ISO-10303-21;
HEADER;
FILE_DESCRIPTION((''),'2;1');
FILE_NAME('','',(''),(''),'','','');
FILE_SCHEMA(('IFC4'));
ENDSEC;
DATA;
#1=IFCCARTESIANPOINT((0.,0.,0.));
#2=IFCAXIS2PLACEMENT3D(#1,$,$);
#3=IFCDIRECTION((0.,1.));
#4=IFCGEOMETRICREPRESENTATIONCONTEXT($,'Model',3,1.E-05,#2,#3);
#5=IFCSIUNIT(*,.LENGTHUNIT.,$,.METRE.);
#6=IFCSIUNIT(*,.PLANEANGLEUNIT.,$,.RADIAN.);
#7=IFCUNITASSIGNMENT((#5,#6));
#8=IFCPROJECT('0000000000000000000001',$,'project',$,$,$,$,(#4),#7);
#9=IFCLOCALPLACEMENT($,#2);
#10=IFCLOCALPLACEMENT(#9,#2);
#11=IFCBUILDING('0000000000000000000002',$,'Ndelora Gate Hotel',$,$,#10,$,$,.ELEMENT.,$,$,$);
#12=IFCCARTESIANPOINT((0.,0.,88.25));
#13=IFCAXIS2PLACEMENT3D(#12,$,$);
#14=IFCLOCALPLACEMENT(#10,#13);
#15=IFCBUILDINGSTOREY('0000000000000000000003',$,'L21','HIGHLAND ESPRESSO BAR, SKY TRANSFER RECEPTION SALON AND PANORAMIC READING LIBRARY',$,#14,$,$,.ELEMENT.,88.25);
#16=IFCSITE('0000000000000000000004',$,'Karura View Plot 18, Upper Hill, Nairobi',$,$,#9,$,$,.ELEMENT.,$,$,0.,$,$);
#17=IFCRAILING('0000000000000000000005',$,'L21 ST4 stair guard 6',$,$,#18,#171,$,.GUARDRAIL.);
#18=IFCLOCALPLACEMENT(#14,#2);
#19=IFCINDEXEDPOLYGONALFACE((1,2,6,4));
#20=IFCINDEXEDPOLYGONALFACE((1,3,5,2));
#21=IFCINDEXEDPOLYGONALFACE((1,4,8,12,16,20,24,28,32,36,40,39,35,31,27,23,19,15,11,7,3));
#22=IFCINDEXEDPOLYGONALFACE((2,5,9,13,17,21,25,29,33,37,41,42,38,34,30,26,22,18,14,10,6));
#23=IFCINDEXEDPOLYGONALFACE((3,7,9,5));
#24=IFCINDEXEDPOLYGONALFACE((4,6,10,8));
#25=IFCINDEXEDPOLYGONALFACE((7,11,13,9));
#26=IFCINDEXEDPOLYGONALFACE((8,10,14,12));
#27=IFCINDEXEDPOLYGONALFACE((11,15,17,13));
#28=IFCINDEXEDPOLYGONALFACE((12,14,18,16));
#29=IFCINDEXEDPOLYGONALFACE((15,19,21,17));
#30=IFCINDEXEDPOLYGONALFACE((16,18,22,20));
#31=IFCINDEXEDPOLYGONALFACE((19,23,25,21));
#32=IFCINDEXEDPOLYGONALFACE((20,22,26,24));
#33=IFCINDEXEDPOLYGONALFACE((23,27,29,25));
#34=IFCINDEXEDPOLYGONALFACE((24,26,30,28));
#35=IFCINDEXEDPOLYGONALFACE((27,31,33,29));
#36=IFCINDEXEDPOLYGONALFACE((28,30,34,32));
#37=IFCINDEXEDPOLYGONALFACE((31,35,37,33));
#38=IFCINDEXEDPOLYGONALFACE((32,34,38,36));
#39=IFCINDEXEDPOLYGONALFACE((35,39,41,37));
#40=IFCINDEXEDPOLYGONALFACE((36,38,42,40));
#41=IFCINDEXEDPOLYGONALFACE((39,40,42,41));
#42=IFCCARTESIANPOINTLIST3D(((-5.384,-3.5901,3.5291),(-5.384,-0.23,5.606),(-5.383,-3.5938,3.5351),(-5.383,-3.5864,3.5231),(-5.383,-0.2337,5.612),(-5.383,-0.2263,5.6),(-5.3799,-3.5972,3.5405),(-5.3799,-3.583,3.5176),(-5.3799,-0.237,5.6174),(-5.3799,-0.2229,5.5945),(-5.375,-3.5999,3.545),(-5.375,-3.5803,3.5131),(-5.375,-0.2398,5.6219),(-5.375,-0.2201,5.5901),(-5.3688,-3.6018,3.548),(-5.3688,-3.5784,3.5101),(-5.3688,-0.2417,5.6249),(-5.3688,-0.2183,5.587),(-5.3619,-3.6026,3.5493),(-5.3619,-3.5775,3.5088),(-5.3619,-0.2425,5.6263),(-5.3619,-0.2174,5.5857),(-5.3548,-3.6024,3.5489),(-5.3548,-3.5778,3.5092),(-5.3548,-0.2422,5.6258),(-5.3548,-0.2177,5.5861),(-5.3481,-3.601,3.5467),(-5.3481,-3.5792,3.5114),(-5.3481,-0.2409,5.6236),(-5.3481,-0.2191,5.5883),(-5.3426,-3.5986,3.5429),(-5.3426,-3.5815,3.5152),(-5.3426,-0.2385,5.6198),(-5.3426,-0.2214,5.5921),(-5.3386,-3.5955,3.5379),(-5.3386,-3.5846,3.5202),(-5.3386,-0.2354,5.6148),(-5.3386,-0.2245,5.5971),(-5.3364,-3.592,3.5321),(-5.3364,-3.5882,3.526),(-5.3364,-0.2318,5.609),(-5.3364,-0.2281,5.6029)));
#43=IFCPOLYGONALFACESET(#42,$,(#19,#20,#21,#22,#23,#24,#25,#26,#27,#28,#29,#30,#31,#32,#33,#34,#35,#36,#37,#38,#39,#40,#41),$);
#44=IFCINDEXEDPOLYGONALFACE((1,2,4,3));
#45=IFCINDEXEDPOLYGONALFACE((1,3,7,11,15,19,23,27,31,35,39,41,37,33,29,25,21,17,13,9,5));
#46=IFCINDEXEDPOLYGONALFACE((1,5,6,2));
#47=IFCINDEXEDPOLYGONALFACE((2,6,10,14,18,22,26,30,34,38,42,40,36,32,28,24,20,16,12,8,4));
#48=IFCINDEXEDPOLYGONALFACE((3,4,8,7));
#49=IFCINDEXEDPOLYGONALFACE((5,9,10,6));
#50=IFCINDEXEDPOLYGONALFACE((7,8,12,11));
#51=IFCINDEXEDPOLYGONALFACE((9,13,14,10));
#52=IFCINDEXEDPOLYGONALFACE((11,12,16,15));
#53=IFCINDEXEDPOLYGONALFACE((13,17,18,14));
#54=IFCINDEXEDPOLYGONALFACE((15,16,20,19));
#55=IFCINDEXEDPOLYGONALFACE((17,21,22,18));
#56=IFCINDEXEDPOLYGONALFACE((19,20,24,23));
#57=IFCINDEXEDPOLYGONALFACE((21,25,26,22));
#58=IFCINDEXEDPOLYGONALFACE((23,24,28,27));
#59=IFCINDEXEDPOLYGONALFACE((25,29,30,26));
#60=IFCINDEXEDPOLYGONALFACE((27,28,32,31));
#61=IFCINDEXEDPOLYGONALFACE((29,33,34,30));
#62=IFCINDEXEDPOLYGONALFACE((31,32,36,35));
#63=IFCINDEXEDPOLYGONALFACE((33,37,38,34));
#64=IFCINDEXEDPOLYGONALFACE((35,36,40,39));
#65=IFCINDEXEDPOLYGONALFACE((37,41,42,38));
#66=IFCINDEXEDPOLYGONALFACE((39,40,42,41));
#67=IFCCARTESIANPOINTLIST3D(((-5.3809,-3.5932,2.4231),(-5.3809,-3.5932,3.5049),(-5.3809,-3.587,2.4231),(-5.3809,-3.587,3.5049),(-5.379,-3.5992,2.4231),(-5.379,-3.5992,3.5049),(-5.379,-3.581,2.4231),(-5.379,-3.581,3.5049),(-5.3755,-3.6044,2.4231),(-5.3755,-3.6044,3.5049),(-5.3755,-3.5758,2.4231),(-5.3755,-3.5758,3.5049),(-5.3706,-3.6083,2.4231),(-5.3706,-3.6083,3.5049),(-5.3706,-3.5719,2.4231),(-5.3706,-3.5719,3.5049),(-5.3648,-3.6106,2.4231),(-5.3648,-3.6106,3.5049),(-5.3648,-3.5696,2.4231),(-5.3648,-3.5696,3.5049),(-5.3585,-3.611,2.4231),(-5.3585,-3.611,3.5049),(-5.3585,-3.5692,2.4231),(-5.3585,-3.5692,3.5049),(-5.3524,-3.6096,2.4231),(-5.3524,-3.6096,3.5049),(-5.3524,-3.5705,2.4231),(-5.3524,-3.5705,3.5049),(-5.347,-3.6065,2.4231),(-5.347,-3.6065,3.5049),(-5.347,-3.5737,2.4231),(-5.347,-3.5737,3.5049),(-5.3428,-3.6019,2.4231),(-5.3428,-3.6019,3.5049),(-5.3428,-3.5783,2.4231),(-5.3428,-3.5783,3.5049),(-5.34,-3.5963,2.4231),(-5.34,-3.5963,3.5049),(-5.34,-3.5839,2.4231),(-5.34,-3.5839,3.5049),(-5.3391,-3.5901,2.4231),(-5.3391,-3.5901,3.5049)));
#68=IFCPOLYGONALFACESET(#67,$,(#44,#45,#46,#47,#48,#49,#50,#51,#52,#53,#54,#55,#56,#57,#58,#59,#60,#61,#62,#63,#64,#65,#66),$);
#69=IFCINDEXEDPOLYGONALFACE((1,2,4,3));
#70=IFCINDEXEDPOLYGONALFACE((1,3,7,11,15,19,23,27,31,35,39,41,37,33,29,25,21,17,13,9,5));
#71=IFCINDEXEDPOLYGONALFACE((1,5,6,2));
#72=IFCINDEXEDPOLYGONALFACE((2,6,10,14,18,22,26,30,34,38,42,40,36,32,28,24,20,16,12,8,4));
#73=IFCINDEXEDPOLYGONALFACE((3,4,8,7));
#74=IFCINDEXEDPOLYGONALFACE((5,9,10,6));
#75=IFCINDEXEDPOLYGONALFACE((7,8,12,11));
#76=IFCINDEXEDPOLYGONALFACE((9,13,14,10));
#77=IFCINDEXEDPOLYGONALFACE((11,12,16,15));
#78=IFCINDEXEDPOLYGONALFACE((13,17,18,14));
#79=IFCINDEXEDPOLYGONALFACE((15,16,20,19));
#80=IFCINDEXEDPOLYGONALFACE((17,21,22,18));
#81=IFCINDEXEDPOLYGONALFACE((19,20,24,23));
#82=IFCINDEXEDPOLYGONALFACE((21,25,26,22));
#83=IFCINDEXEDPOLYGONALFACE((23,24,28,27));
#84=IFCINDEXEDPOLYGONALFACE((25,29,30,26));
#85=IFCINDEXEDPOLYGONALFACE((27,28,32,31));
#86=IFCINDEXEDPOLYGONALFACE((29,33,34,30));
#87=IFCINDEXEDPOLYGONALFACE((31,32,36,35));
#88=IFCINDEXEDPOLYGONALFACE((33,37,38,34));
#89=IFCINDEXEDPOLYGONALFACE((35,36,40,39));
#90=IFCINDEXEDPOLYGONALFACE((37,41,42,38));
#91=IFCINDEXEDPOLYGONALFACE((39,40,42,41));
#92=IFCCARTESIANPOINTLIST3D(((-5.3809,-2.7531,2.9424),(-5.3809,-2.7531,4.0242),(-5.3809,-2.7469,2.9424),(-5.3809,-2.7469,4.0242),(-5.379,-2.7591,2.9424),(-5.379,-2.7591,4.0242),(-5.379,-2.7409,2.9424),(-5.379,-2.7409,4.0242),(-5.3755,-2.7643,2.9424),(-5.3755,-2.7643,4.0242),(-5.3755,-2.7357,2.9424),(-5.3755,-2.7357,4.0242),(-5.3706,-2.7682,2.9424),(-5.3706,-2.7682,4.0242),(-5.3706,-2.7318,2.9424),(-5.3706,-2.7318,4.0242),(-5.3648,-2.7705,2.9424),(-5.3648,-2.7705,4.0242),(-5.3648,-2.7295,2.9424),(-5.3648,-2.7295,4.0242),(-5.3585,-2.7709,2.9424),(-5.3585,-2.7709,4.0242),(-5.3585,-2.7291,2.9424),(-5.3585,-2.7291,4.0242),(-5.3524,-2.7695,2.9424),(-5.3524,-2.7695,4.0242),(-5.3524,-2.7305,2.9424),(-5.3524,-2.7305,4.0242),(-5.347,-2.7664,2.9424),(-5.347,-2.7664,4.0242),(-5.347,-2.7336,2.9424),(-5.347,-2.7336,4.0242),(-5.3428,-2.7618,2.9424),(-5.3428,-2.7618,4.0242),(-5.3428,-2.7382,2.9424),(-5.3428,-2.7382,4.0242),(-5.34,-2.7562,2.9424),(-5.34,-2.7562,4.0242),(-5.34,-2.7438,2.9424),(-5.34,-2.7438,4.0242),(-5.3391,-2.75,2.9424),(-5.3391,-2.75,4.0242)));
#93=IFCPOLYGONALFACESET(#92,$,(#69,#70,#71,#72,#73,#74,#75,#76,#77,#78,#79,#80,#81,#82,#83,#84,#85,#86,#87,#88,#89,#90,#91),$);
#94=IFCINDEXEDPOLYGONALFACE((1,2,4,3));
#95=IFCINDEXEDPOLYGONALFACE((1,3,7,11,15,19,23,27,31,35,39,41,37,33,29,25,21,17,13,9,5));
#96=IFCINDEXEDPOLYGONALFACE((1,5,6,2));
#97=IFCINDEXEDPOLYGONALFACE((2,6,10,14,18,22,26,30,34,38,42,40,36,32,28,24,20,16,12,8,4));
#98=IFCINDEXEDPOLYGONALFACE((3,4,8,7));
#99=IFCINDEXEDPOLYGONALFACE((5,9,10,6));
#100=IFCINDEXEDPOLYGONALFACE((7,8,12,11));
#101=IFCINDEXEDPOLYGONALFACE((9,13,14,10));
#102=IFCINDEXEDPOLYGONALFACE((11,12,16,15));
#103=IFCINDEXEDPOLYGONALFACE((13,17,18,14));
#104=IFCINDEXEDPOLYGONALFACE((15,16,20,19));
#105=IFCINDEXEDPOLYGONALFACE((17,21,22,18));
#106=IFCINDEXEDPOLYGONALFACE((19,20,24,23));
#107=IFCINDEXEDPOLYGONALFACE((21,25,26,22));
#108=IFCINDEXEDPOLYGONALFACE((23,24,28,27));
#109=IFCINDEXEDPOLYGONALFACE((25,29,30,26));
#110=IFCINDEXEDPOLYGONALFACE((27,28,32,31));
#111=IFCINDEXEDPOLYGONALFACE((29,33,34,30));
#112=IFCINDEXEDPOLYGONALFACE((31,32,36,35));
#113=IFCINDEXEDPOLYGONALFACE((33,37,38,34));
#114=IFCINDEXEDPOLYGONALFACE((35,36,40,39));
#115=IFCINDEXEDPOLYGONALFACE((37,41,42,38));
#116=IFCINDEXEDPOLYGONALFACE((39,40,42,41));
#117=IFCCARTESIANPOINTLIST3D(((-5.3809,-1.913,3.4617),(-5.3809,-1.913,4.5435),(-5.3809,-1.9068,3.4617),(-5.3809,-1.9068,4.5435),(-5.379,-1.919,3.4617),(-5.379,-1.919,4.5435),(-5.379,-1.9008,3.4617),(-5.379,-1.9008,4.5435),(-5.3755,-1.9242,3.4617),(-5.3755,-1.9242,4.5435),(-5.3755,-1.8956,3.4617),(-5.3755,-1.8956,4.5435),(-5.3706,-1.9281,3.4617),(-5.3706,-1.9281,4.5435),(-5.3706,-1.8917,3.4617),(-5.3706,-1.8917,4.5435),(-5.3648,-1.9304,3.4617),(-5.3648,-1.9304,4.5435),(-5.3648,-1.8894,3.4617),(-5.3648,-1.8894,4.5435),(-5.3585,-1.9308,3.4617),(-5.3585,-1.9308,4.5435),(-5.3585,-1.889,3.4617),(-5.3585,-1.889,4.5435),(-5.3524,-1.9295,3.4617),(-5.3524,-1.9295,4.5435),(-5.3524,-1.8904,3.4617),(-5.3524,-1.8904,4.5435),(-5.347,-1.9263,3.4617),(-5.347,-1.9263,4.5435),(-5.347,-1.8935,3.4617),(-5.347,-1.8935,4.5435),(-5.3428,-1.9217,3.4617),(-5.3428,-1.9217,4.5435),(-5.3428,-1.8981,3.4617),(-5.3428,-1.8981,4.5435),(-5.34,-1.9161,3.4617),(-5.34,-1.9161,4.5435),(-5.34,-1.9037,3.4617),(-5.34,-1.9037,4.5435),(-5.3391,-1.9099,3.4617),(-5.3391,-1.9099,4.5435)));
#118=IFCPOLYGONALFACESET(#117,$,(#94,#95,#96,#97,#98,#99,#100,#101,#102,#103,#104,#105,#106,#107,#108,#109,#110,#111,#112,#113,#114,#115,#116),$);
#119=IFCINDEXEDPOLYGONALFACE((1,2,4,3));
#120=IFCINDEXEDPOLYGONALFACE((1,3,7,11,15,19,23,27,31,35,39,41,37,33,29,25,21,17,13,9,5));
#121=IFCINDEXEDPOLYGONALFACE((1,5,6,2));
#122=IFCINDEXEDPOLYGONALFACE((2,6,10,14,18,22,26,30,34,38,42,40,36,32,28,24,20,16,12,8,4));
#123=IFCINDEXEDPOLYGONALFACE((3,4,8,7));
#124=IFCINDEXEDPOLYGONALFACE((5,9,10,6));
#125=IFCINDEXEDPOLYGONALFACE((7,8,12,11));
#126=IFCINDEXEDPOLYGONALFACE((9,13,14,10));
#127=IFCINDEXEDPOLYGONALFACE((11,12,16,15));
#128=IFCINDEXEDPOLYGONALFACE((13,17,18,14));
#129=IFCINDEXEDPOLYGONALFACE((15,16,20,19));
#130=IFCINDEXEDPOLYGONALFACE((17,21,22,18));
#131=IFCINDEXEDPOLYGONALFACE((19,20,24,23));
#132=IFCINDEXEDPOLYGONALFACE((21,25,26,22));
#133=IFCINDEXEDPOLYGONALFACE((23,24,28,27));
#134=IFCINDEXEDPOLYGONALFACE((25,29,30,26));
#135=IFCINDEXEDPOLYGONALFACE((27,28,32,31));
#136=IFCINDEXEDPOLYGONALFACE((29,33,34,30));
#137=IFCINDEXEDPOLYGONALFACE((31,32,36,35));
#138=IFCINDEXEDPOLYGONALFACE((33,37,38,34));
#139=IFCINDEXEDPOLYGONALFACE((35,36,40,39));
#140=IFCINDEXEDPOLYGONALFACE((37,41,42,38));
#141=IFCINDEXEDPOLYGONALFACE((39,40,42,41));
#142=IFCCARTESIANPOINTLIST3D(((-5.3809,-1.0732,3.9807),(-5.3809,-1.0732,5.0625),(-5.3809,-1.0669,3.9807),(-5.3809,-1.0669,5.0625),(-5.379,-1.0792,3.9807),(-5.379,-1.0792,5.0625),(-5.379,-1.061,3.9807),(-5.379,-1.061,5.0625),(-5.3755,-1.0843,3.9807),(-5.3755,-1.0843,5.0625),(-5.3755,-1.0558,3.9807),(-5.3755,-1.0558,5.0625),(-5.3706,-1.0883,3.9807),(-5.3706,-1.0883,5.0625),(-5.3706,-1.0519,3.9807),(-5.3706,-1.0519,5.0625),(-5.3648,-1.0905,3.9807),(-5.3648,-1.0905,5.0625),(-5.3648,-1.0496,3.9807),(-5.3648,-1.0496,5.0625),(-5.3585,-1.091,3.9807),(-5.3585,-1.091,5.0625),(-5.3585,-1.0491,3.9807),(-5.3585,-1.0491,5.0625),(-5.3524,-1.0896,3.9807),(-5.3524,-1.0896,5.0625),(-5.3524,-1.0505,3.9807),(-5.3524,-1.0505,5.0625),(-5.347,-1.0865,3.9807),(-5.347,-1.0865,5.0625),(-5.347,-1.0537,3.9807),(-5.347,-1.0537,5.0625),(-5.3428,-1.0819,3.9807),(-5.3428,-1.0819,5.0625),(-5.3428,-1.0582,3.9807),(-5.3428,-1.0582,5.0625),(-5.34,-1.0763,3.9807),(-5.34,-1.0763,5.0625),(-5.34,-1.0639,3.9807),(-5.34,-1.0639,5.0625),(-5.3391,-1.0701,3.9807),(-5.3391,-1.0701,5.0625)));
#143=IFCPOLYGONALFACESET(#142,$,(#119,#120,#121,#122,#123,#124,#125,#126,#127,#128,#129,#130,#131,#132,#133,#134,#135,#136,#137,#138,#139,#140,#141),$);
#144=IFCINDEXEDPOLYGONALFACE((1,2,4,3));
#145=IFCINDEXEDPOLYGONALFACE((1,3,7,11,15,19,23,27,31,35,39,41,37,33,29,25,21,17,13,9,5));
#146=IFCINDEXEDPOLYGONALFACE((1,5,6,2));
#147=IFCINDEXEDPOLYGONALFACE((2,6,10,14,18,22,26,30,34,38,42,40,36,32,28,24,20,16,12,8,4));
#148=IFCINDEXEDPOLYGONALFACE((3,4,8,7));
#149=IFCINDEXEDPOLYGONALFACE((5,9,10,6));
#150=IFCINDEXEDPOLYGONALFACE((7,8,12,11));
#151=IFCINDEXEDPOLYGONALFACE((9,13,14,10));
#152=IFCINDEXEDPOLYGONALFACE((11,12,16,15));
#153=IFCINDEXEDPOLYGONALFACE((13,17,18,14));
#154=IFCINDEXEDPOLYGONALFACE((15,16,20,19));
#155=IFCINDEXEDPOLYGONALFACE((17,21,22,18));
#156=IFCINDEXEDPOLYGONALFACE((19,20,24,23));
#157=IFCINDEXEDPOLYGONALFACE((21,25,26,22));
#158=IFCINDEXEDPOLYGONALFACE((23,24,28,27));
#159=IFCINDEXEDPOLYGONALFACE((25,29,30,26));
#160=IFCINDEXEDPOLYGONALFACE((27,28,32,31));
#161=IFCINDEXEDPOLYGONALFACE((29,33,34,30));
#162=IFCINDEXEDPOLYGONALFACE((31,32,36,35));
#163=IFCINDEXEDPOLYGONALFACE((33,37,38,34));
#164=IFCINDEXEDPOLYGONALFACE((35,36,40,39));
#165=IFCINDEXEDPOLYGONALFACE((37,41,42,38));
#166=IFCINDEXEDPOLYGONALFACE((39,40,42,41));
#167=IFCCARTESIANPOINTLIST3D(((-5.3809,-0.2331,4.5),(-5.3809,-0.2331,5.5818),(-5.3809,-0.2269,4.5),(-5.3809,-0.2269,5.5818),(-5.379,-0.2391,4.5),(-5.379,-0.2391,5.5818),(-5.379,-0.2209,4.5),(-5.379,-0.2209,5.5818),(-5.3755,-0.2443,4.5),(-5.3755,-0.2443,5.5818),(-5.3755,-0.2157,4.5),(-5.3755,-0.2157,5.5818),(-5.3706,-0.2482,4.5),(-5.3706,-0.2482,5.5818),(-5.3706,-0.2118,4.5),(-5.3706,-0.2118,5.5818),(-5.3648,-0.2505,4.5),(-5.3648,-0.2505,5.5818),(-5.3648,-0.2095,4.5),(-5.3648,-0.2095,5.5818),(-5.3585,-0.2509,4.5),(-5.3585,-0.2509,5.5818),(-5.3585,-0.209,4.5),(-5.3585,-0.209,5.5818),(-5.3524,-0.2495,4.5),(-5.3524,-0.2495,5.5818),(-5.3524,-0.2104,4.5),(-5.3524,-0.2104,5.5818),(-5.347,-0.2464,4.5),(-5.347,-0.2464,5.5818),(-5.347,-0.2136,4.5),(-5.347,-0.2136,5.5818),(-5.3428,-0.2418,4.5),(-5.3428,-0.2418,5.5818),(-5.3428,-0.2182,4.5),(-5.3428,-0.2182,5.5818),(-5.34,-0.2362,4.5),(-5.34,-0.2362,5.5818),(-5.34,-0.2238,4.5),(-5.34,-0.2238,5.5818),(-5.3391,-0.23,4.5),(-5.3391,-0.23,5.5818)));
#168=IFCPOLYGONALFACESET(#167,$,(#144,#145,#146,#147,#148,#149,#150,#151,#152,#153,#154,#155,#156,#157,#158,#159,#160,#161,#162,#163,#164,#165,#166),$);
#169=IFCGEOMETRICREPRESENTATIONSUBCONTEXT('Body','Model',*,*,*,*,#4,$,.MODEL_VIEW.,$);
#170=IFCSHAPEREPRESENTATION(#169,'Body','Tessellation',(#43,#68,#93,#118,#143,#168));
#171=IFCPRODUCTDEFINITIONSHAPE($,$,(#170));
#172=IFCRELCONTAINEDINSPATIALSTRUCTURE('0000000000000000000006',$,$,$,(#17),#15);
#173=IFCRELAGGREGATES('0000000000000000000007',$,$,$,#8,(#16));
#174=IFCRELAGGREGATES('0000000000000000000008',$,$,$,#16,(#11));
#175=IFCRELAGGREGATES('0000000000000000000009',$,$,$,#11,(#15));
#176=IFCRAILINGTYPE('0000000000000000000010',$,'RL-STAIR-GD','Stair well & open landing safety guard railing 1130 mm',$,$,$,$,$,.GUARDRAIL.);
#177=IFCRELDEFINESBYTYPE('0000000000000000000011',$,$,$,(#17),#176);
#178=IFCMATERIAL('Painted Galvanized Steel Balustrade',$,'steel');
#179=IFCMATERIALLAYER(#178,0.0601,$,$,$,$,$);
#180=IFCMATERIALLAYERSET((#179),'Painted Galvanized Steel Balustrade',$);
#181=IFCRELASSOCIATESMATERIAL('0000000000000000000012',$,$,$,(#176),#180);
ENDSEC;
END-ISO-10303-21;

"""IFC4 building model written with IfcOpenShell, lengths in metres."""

from ifc_helpers import new_model, si_unit, direction, frame, origin, origin_2d, place, context, subcontext, project, spatial, circle, extrude, material, layer, layer_set, type_object, element, save


model = new_model("IFC4")

# Units and contexts
model_context = context("Model", 3, precision=1e-05, world=origin(), true_north=direction((0.0, 1.0)))
body_context = subcontext(model_context, "Body", "Model", "MODEL_VIEW")
ifc_project = project(units=[si_unit("LENGTHUNIT", "METRE"), si_unit("PLANEANGLEUNIT", "RADIAN")], contexts=[model_context])

# Site, building, storey
site_placement = place(None, origin())
site = spatial("IfcSite", under=ifc_project, at=site_placement, Name="Karura View Plot 18, Upper Hill, Nairobi", CompositionType="ELEMENT", RefElevation=0.0)
building_placement = place(site_placement, origin())
building = spatial("IfcBuilding", under=site, at=building_placement, Name="Ndelora Gate Hotel", CompositionType="ELEMENT")
storey_placement = place(building_placement, frame((0.0, 0.0, 88.25)))
storey = spatial("IfcBuildingStorey", under=building, at=storey_placement, Name="L21", Description="HIGHLAND ESPRESSO BAR, SKY TRANSFER RECEPTION SALON AND PANORAMIC READING LIBRARY", CompositionType="ELEMENT", Elevation=88.25)

# Railing
ifc_material_1 = material(Name="Painted Galvanized Steel Balustrade", Category="steel")
ifc_layer_1 = layer(ifc_material_1, 0.0601)
ifc_layer_set_1 = layer_set([ifc_layer_1], Name="Painted Galvanized Steel Balustrade")
railing_type_1 = type_object("IfcRailingType", Name="RL-STAIR-GD", Description="Stair well & open landing safety guard railing 1130 mm", PredefinedType="GUARDRAIL", material=ifc_layer_set_1)
railing_1_placement = place(storey_placement, frame((-5.3601, -3.5901, 2.4231)))
element("IfcRailing", 1, at=railing_1_placement, inside=storey, type_object=railing_type_1, Name="L21 ST4 stair guard 6", PredefinedType="GUARDRAIL", context=body_context, shape_type="SweptSolid", body=[
    extrude(circle(Radius=0.0239, at=origin_2d()), frame((0.0, 0.0, 1.106), z_axis=(0.0, 0.850623, 0.525776), x_axis=(-1.0, 0.0, 0.0)), (0.0, 0.0, 1.0), 3.9502),
    extrude(circle(Radius=0.021, at=origin_2d()), origin(), (0.0, 0.0, 1.0), 1.0818),
    extrude(circle(Radius=0.021, at=origin_2d()), frame((0.0, 0.8401, 0.5193)), (0.0, 0.0, 1.0), 1.0818),
    extrude(circle(Radius=0.021, at=origin_2d()), frame((0.0, 1.6802, 1.0386)), (0.0, 0.0, 1.0), 1.0818),
    extrude(circle(Radius=0.021, at=origin_2d()), frame((0.0, 2.52, 1.5576)), (0.0, 0.0, 1.0), 1.0818),
    extrude(circle(Radius=0.021, at=origin_2d()), frame((0.0, 3.3601, 2.0769)), (0.0, 0.0, 1.0), 1.0818),
])

save(model, "model.ifc")
